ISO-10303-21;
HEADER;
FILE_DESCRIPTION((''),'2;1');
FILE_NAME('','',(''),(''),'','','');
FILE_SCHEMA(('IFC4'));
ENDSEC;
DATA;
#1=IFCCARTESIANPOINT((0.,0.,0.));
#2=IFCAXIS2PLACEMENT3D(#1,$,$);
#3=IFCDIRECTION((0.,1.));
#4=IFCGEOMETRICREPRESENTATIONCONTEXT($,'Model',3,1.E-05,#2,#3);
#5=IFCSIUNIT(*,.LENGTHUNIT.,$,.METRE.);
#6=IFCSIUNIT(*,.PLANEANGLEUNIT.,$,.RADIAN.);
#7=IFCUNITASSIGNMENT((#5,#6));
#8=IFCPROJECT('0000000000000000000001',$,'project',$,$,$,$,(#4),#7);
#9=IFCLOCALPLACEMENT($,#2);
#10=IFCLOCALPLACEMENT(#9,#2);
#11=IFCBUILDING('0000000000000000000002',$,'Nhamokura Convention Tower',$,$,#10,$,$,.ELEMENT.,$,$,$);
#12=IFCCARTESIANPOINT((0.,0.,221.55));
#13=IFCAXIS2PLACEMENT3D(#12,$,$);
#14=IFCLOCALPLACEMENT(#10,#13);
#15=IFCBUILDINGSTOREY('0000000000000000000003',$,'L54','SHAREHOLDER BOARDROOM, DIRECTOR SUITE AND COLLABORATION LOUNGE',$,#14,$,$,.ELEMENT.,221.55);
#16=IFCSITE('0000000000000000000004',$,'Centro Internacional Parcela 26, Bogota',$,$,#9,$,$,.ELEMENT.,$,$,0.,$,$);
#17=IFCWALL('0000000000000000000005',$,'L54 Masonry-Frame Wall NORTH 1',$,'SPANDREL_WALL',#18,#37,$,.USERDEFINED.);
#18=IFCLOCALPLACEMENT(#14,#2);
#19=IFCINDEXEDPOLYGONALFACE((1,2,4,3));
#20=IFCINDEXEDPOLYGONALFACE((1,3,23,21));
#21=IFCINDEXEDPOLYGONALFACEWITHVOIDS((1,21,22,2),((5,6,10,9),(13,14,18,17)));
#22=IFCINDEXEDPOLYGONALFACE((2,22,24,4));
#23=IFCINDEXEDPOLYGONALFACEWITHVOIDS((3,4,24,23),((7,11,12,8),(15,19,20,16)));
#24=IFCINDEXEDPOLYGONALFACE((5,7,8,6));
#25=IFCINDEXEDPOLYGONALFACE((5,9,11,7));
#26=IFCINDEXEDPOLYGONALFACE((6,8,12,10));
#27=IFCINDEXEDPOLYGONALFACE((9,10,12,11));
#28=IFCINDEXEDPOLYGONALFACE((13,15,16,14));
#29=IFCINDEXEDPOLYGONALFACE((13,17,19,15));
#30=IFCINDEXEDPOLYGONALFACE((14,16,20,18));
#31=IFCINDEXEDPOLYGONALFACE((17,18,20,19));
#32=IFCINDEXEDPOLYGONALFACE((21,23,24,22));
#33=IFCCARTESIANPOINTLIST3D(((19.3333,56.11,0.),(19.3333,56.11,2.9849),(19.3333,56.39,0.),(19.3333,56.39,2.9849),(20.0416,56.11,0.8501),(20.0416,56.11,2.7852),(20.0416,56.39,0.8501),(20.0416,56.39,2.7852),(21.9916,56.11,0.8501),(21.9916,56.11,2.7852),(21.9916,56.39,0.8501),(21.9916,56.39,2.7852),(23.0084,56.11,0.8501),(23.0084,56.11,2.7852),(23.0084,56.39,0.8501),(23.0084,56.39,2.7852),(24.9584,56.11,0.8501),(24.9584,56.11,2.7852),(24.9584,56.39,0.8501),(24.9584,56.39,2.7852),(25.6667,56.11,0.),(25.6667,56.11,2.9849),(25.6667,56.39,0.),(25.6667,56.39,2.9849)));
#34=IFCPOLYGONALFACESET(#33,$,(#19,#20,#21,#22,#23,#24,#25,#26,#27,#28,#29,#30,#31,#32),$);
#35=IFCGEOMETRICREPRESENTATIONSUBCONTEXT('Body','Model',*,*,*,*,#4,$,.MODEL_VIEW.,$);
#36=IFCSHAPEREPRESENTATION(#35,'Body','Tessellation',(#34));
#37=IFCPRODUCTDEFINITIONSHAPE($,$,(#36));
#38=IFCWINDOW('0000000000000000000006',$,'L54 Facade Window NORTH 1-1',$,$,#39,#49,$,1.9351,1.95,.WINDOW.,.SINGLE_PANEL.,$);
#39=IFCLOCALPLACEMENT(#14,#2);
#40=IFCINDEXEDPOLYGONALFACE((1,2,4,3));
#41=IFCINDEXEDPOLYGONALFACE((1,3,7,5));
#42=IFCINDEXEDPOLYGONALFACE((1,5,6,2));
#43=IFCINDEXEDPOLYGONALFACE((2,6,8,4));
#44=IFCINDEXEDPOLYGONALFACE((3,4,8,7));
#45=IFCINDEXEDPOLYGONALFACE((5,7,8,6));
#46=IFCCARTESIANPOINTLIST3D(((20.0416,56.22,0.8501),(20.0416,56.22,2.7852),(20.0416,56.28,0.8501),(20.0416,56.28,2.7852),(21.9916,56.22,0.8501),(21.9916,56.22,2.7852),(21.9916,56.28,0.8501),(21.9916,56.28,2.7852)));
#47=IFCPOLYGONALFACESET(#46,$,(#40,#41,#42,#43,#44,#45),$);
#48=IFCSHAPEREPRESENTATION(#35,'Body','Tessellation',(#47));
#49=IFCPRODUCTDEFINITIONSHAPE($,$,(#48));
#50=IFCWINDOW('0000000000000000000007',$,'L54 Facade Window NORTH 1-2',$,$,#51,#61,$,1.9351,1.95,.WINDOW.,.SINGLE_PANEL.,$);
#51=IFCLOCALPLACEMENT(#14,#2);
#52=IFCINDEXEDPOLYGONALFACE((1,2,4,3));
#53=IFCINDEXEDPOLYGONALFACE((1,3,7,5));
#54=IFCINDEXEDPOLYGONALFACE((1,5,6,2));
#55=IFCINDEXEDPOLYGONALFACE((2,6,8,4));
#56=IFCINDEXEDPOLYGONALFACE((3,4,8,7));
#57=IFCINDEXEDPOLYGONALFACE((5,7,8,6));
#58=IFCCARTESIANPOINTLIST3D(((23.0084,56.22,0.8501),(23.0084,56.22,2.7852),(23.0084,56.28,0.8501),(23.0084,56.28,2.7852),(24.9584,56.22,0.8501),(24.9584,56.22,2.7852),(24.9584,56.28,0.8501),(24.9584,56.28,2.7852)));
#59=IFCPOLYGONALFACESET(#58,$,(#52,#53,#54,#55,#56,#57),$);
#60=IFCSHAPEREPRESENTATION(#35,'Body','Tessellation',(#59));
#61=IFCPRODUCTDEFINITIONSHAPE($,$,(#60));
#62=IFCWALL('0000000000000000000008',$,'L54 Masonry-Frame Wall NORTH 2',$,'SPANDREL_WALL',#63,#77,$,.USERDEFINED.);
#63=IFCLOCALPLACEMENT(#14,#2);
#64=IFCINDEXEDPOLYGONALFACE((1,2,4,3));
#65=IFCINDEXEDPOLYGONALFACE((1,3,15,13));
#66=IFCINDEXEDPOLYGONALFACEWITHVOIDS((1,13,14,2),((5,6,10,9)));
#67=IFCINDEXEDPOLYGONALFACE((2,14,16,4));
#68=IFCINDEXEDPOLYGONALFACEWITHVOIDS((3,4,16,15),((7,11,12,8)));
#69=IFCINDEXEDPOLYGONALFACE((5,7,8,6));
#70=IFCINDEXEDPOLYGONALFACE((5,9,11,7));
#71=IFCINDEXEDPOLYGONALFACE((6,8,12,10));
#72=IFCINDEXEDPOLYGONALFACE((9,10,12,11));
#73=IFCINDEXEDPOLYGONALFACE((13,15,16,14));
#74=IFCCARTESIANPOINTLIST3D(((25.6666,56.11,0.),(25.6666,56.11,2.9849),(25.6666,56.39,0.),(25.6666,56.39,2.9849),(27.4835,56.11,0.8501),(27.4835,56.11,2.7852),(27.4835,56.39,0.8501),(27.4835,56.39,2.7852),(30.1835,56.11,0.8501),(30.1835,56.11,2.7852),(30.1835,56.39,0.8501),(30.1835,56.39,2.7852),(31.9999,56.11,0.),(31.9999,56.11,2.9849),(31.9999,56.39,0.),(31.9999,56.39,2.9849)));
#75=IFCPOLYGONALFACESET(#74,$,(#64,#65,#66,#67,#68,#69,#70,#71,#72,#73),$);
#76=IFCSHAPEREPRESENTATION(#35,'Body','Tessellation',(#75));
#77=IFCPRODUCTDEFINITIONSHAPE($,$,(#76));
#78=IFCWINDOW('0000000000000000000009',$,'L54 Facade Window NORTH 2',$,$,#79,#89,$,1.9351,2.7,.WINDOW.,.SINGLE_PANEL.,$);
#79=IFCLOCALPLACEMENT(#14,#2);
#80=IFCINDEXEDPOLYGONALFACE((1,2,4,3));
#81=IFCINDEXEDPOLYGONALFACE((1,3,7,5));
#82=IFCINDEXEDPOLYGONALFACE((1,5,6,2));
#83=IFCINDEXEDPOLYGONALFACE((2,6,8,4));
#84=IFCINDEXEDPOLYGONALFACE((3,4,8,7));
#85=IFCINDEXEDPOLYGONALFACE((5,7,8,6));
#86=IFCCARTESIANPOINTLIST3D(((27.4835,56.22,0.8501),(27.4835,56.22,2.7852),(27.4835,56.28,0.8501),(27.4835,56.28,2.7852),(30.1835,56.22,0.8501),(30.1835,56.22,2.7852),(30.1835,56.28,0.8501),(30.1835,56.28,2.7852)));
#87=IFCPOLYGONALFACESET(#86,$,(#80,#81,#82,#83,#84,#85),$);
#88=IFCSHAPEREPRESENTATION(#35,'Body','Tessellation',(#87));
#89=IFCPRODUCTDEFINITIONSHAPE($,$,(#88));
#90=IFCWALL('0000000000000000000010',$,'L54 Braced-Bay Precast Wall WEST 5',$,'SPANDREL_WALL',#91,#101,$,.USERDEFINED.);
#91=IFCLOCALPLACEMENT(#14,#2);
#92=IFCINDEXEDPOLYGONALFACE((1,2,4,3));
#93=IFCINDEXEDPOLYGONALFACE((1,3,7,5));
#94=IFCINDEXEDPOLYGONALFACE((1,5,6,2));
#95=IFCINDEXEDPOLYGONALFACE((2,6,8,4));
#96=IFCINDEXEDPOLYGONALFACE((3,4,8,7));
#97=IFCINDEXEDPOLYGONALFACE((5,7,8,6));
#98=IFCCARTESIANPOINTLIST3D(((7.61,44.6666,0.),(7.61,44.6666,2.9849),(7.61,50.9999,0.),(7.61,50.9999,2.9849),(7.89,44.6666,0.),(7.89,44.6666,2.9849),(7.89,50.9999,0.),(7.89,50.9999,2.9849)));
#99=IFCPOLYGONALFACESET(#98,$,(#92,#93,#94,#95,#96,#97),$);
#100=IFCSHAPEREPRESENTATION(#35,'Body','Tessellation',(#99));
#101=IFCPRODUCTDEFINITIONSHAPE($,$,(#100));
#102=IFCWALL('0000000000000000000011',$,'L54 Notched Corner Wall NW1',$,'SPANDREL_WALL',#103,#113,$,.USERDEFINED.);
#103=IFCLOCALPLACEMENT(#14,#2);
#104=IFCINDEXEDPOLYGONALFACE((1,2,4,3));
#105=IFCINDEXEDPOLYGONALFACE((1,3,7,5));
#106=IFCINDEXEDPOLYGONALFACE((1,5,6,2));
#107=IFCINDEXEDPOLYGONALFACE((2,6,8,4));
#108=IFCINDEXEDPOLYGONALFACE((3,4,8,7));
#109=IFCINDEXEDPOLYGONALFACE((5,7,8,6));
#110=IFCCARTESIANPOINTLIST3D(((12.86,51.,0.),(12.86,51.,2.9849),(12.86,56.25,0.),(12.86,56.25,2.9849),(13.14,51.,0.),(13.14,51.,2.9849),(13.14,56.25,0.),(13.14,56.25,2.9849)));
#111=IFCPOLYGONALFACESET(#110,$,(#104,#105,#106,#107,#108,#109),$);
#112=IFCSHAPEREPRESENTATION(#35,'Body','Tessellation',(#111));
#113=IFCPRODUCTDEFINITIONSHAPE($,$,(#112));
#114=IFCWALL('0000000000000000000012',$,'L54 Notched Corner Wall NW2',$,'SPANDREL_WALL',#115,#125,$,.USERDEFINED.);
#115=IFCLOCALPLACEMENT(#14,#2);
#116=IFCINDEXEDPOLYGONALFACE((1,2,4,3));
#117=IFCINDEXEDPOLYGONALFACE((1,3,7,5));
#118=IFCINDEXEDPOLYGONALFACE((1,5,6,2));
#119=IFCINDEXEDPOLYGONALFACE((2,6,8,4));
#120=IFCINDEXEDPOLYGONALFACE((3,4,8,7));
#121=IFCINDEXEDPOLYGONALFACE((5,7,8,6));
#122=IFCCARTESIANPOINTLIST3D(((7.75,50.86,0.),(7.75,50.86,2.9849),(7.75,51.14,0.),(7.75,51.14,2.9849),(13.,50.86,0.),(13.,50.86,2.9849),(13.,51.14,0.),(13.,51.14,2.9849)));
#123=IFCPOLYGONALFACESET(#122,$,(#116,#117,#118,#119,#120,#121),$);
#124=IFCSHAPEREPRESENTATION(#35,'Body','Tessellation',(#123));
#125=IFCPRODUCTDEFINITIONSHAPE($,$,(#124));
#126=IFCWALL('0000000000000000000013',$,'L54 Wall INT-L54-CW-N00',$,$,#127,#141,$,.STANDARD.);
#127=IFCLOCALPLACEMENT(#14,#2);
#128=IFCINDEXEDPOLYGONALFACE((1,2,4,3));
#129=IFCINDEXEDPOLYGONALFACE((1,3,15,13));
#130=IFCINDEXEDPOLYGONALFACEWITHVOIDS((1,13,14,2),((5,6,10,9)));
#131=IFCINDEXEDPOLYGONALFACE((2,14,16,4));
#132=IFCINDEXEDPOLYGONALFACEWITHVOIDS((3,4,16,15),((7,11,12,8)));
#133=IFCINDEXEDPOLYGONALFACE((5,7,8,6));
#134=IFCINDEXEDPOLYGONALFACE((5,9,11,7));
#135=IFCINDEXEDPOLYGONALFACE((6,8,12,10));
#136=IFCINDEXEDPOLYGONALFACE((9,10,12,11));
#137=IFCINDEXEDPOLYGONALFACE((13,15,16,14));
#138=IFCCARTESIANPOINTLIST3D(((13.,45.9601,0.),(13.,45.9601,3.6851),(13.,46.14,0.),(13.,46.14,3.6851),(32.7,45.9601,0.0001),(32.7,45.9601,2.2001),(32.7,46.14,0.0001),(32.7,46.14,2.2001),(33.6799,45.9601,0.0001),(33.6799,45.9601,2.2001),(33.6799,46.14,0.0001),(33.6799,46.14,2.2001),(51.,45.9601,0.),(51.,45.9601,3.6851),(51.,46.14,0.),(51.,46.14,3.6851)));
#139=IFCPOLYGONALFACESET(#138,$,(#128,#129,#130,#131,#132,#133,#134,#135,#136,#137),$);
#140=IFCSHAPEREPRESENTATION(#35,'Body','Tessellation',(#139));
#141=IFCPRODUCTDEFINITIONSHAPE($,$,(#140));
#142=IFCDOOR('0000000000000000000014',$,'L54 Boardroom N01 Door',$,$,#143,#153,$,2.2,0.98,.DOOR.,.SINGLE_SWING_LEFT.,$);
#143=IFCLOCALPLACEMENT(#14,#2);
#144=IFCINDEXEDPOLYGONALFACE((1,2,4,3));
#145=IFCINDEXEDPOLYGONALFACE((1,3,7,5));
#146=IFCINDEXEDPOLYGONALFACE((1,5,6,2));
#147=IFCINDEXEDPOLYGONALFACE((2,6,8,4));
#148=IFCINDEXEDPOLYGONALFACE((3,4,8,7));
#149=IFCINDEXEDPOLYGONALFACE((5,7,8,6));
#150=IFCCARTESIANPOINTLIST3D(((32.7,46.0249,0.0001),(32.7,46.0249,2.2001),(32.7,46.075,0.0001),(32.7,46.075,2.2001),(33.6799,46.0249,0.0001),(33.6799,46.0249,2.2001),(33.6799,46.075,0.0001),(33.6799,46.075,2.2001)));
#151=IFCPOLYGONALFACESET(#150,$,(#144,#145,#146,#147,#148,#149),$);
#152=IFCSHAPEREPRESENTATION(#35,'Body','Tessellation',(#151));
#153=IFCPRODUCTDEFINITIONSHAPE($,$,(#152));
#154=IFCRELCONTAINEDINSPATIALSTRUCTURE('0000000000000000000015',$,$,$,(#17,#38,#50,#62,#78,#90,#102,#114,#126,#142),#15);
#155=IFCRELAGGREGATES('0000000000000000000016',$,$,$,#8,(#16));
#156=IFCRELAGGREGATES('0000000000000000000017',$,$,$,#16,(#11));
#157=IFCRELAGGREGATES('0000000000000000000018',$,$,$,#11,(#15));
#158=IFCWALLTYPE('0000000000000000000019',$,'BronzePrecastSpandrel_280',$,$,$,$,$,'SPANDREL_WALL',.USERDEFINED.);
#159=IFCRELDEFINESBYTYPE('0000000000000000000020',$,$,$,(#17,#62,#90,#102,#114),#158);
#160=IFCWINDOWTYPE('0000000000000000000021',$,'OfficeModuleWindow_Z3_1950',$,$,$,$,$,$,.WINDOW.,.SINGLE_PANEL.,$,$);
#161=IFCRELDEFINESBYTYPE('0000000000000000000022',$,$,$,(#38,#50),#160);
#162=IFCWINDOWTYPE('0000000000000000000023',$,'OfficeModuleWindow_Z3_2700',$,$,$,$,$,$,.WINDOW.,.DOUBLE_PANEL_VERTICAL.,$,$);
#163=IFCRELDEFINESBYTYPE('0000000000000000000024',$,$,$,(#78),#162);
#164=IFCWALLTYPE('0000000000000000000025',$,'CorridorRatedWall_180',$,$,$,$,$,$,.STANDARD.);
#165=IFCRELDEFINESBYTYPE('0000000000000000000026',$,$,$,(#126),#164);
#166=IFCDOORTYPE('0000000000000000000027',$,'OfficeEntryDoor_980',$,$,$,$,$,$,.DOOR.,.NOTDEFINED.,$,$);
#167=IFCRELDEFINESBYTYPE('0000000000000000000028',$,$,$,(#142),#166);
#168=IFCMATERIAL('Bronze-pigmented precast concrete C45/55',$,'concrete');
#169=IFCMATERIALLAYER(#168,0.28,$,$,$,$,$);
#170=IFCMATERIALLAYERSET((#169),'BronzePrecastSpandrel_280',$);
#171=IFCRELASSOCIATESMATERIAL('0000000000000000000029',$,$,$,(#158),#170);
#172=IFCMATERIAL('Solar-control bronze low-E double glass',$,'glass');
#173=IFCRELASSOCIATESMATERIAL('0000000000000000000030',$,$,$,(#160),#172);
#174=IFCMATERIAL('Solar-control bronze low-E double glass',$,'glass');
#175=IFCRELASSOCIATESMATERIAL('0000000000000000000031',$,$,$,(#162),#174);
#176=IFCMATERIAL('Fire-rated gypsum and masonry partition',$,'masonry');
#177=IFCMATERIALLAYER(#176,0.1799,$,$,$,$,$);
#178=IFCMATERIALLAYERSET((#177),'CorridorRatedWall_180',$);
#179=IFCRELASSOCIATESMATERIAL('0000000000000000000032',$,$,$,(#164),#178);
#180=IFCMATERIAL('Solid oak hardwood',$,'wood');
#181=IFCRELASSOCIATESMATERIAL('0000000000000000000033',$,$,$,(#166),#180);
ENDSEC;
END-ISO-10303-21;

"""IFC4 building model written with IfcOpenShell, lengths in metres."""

from ifc_helpers import new_model, si_unit, direction, frame, frame_2d, origin, place, context, subcontext, project, spatial, rectangle, extrude, material, layer, layer_set, type_object, element, fill, save


model = new_model("IFC4")

# Units and contexts
model_context = context("Model", 3, precision=1e-05, world=origin(), true_north=direction((0.0, 1.0)))
body_context = subcontext(model_context, "Body", "Model", "MODEL_VIEW")
ifc_project = project(units=[si_unit("LENGTHUNIT", "METRE"), si_unit("PLANEANGLEUNIT", "RADIAN")], contexts=[model_context])

# Site, building, storey
site_placement = place(None, origin())
site = spatial("IfcSite", under=ifc_project, at=site_placement, Name="Centro Internacional Parcela 26, Bogota", CompositionType="ELEMENT", RefElevation=0.0)
building_placement = place(site_placement, origin())
building = spatial("IfcBuilding", under=site, at=building_placement, Name="Nhamokura Convention Tower", CompositionType="ELEMENT")
storey_placement = place(building_placement, frame((0.0, 0.0, 221.55)))
storey = spatial("IfcBuildingStorey", under=building, at=storey_placement, Name="L54", Description="SHAREHOLDER BOARDROOM, DIRECTOR SUITE AND COLLABORATION LOUNGE", CompositionType="ELEMENT", Elevation=221.55)

# Shared definitions
ifc_material_1 = material(Name="Bronze-pigmented precast concrete C45/55", Category="concrete")
ifc_layer_1 = layer(ifc_material_1, 0.28)
ifc_layer_set_1 = layer_set([ifc_layer_1], Name="BronzePrecastSpandrel_280")
wall_type_1 = type_object("IfcWallType", Name="BronzePrecastSpandrel_280", ElementType="SPANDREL_WALL", PredefinedType="USERDEFINED", material=ifc_layer_set_1)

# Wall, openings, windows
wall_1_placement = place(storey_placement, frame((19.3333, 56.25, 0.0), z_axis=(0.0, 0.0, 1.0), x_axis=(1.0, 0.0, 0.0)))
wall_1 = element("IfcWall", 1, at=wall_1_placement, inside=storey, type_object=wall_type_1, Name="L54 Masonry-Frame Wall NORTH 1", ObjectType="SPANDREL_WALL", PredefinedType="USERDEFINED", context=body_context, shape_type="SweptSolid", body=[
    extrude(rectangle(XDim=6.3335, YDim=0.28, at=frame_2d((3.1667, 0.0))), origin(), (0.0, 0.0, 1.0), 2.9849),
])
opening_1_placement = place(wall_1_placement, frame((0.7083, 0.0, 0.8501)))
opening_1 = element("IfcOpeningElement", 2, at=opening_1_placement, cuts=wall_1, PredefinedType="OPENING", context=body_context, shape_type="SweptSolid", body=[
    extrude(rectangle(XDim=1.95, YDim=1.9351, at=frame_2d((0.9751, 0.9675))), frame((0.0, 0.1499, 0.0), z_axis=(0.0, -1.0, 0.0), x_axis=(1.0, 0.0, 0.0)), (0.0, 0.0, 1.0), 0.3),
])
opening_2_placement = place(wall_1_placement, frame((3.675, 0.0, 0.8501)))
opening_2 = element("IfcOpeningElement", 3, at=opening_2_placement, cuts=wall_1, PredefinedType="OPENING", context=body_context, shape_type="SweptSolid", body=[
    extrude(rectangle(XDim=1.95, YDim=1.9351, at=frame_2d((0.9751, 0.9675))), frame((0.0, 0.1499, 0.0), z_axis=(0.0, -1.0, 0.0), x_axis=(1.0, 0.0, 0.0)), (0.0, 0.0, 1.0), 0.3),
])
ifc_material_2 = material(Name="Solar-control bronze low-E double glass", Category="glass")
window_type_1 = type_object("IfcWindowType", Name="OfficeModuleWindow_Z3_1950", PartitioningType="SINGLE_PANEL", PredefinedType="WINDOW", material=ifc_material_2)
window_1_placement = place(opening_1_placement, origin())
window_1 = element("IfcWindow", 4, at=window_1_placement, inside=storey, type_object=window_type_1, Name="L54 Facade Window NORTH 1-1", OverallHeight=1.9351, OverallWidth=1.95, PartitioningType="SINGLE_PANEL", PredefinedType="WINDOW", context=body_context, shape_type="SweptSolid", body=[
    extrude(rectangle(XDim=1.95, YDim=1.9351, at=frame_2d((0.9751, 0.9675))), frame((0.0, 0.03, 0.0), z_axis=(0.0, -1.0, 0.0), x_axis=(1.0, 0.0, 0.0)), (0.0, 0.0, 1.0), 0.0601),
])
fill(opening_1, window_1)
window_2_placement = place(opening_2_placement, origin())
window_2 = element("IfcWindow", 5, at=window_2_placement, inside=storey, type_object=window_type_1, Name="L54 Facade Window NORTH 1-2", OverallHeight=1.9351, OverallWidth=1.95, PartitioningType="SINGLE_PANEL", PredefinedType="WINDOW", context=body_context, shape_type="SweptSolid", body=[
    extrude(rectangle(XDim=1.95, YDim=1.9351, at=frame_2d((0.9751, 0.9675))), frame((0.0, 0.03, 0.0), z_axis=(0.0, -1.0, 0.0), x_axis=(1.0, 0.0, 0.0)), (0.0, 0.0, 1.0), 0.0601),
])
fill(opening_2, window_2)

# Wall, opening, window
wall_2_placement = place(storey_placement, frame((25.6667, 56.25, 0.0), z_axis=(0.0, 0.0, 1.0), x_axis=(1.0, 0.0, 0.0)))
wall_2 = element("IfcWall", 6, at=wall_2_placement, inside=storey, type_object=wall_type_1, Name="L54 Masonry-Frame Wall NORTH 2", ObjectType="SPANDREL_WALL", PredefinedType="USERDEFINED", context=body_context, shape_type="SweptSolid", body=[
    extrude(rectangle(XDim=6.3333, YDim=0.28, at=frame_2d((3.1665, 0.0))), origin(), (0.0, 0.0, 1.0), 2.9849),
])
opening_3_placement = place(wall_2_placement, frame((1.8167, 0.0, 0.8501)))
opening_3 = element("IfcOpeningElement", 7, at=opening_3_placement, cuts=wall_2, PredefinedType="OPENING", context=body_context, shape_type="SweptSolid", body=[
    extrude(rectangle(XDim=2.7, YDim=1.9351, at=frame_2d((1.3501, 0.9675))), frame((0.0, 0.1499, 0.0), z_axis=(0.0, -1.0, 0.0), x_axis=(1.0, 0.0, 0.0)), (0.0, 0.0, 1.0), 0.3),
])
ifc_material_3 = material(Name="Solar-control bronze low-E double glass", Category="glass")
window_type_2 = type_object("IfcWindowType", Name="OfficeModuleWindow_Z3_2700", PartitioningType="DOUBLE_PANEL_VERTICAL", PredefinedType="WINDOW", material=ifc_material_3)
window_3_placement = place(opening_3_placement, origin())
window_3 = element("IfcWindow", 8, at=window_3_placement, inside=storey, type_object=window_type_2, Name="L54 Facade Window NORTH 2", OverallHeight=1.9351, OverallWidth=2.7, PartitioningType="SINGLE_PANEL", PredefinedType="WINDOW", context=body_context, shape_type="SweptSolid", body=[
    extrude(rectangle(XDim=2.7, YDim=1.9351, at=frame_2d((1.3501, 0.9675))), frame((0.0, 0.03, 0.0), z_axis=(0.0, -1.0, 0.0), x_axis=(1.0, 0.0, 0.0)), (0.0, 0.0, 1.0), 0.0601),
])
fill(opening_3, window_3)

# Walls
wall_3_placement = place(storey_placement, frame((7.75, 44.6667, 0.0), z_axis=(0.0, 0.0, 1.0), x_axis=(0.0, 1.0, 0.0)))
element("IfcWall", 9, at=wall_3_placement, inside=storey, type_object=wall_type_1, Name="L54 Braced-Bay Precast Wall WEST 5", ObjectType="SPANDREL_WALL", PredefinedType="USERDEFINED", context=body_context, shape_type="SweptSolid", body=[
    extrude(rectangle(XDim=6.3333, YDim=0.28, at=frame_2d((3.1665, 0.0))), origin(), (0.0, 0.0, 1.0), 2.9849),
])
for number, where, z_axis, x_axis, name in (
    (10, (13.0, 51.0, 0.0), (0.0, 0.0, 1.0), (0.0, 1.0, 0.0), "L54 Notched Corner Wall NW1"),
    (11, (7.75, 51.0, 0.0), (0.0, 0.0, 1.0), (1.0, 0.0, 0.0), "L54 Notched Corner Wall NW2"),
):
    element("IfcWall", number, at=place(storey_placement, frame(where, z_axis=z_axis, x_axis=x_axis)), inside=storey, type_object=wall_type_1, Name=name, ObjectType="SPANDREL_WALL", PredefinedType="USERDEFINED", context=body_context, shape_type="SweptSolid", body=[
        extrude(rectangle(XDim=5.25, YDim=0.28, at=frame_2d((2.625, 0.0))), origin(), (0.0, 0.0, 1.0), 2.9849),
    ])

# Wall, opening, door
ifc_material_4 = material(Name="Fire-rated gypsum and masonry partition", Category="masonry")
ifc_layer_2 = layer(ifc_material_4, 0.1799)
ifc_layer_set_2 = layer_set([ifc_layer_2], Name="CorridorRatedWall_180")
wall_type_2 = type_object("IfcWallType", Name="CorridorRatedWall_180", PredefinedType="STANDARD", material=ifc_layer_set_2)
wall_4_placement = place(storey_placement, frame((13.0, 46.05, 0.0), z_axis=(0.0, 0.0, 1.0), x_axis=(1.0, 0.0, 0.0)))
wall_4 = element("IfcWall", 12, at=wall_4_placement, inside=storey, type_object=wall_type_2, Name="L54 Wall INT-L54-CW-N00", PredefinedType="STANDARD", context=body_context, shape_type="SweptSolid", body=[
    extrude(rectangle(XDim=38.0, YDim=0.1799, at=frame_2d((19.0, 0.0))), origin(), (0.0, 0.0, 1.0), 3.6851),
])
opening_4_placement = place(wall_4_placement, frame((19.7, 0.0, 0.0)))
opening_4 = element("IfcOpeningElement", 13, at=opening_4_placement, cuts=wall_4, PredefinedType="OPENING", context=body_context, shape_type="SweptSolid", body=[
    extrude(rectangle(XDim=0.98, YDim=2.2, at=frame_2d((0.49, 1.1001))), frame((0.0, 0.0999, 0.0), z_axis=(0.0, -1.0, 0.0), x_axis=(1.0, 0.0, 0.0)), (0.0, 0.0, 1.0), 0.2),
])
ifc_material_5 = material(Name="Solid oak hardwood", Category="wood")
door_type = type_object("IfcDoorType", Name="OfficeEntryDoor_980", OperationType="NOTDEFINED", PredefinedType="DOOR", material=ifc_material_5)
door_placement = place(opening_4_placement, origin())
door = element("IfcDoor", 14, at=door_placement, inside=storey, type_object=door_type, Name="L54 Boardroom N01 Door", OperationType="SINGLE_SWING_LEFT", OverallHeight=2.2, OverallWidth=0.98, PredefinedType="DOOR", context=body_context, shape_type="SweptSolid", body=[
    extrude(rectangle(XDim=0.98, YDim=2.2, at=frame_2d((0.49, 1.1001))), frame((0.0, 0.0249, 0.0), z_axis=(0.0, -1.0, 0.0), x_axis=(1.0, 0.0, 0.0)), (0.0, 0.0, 1.0), 0.05),
])
fill(opening_4, door)

save(model, "model.ifc")
